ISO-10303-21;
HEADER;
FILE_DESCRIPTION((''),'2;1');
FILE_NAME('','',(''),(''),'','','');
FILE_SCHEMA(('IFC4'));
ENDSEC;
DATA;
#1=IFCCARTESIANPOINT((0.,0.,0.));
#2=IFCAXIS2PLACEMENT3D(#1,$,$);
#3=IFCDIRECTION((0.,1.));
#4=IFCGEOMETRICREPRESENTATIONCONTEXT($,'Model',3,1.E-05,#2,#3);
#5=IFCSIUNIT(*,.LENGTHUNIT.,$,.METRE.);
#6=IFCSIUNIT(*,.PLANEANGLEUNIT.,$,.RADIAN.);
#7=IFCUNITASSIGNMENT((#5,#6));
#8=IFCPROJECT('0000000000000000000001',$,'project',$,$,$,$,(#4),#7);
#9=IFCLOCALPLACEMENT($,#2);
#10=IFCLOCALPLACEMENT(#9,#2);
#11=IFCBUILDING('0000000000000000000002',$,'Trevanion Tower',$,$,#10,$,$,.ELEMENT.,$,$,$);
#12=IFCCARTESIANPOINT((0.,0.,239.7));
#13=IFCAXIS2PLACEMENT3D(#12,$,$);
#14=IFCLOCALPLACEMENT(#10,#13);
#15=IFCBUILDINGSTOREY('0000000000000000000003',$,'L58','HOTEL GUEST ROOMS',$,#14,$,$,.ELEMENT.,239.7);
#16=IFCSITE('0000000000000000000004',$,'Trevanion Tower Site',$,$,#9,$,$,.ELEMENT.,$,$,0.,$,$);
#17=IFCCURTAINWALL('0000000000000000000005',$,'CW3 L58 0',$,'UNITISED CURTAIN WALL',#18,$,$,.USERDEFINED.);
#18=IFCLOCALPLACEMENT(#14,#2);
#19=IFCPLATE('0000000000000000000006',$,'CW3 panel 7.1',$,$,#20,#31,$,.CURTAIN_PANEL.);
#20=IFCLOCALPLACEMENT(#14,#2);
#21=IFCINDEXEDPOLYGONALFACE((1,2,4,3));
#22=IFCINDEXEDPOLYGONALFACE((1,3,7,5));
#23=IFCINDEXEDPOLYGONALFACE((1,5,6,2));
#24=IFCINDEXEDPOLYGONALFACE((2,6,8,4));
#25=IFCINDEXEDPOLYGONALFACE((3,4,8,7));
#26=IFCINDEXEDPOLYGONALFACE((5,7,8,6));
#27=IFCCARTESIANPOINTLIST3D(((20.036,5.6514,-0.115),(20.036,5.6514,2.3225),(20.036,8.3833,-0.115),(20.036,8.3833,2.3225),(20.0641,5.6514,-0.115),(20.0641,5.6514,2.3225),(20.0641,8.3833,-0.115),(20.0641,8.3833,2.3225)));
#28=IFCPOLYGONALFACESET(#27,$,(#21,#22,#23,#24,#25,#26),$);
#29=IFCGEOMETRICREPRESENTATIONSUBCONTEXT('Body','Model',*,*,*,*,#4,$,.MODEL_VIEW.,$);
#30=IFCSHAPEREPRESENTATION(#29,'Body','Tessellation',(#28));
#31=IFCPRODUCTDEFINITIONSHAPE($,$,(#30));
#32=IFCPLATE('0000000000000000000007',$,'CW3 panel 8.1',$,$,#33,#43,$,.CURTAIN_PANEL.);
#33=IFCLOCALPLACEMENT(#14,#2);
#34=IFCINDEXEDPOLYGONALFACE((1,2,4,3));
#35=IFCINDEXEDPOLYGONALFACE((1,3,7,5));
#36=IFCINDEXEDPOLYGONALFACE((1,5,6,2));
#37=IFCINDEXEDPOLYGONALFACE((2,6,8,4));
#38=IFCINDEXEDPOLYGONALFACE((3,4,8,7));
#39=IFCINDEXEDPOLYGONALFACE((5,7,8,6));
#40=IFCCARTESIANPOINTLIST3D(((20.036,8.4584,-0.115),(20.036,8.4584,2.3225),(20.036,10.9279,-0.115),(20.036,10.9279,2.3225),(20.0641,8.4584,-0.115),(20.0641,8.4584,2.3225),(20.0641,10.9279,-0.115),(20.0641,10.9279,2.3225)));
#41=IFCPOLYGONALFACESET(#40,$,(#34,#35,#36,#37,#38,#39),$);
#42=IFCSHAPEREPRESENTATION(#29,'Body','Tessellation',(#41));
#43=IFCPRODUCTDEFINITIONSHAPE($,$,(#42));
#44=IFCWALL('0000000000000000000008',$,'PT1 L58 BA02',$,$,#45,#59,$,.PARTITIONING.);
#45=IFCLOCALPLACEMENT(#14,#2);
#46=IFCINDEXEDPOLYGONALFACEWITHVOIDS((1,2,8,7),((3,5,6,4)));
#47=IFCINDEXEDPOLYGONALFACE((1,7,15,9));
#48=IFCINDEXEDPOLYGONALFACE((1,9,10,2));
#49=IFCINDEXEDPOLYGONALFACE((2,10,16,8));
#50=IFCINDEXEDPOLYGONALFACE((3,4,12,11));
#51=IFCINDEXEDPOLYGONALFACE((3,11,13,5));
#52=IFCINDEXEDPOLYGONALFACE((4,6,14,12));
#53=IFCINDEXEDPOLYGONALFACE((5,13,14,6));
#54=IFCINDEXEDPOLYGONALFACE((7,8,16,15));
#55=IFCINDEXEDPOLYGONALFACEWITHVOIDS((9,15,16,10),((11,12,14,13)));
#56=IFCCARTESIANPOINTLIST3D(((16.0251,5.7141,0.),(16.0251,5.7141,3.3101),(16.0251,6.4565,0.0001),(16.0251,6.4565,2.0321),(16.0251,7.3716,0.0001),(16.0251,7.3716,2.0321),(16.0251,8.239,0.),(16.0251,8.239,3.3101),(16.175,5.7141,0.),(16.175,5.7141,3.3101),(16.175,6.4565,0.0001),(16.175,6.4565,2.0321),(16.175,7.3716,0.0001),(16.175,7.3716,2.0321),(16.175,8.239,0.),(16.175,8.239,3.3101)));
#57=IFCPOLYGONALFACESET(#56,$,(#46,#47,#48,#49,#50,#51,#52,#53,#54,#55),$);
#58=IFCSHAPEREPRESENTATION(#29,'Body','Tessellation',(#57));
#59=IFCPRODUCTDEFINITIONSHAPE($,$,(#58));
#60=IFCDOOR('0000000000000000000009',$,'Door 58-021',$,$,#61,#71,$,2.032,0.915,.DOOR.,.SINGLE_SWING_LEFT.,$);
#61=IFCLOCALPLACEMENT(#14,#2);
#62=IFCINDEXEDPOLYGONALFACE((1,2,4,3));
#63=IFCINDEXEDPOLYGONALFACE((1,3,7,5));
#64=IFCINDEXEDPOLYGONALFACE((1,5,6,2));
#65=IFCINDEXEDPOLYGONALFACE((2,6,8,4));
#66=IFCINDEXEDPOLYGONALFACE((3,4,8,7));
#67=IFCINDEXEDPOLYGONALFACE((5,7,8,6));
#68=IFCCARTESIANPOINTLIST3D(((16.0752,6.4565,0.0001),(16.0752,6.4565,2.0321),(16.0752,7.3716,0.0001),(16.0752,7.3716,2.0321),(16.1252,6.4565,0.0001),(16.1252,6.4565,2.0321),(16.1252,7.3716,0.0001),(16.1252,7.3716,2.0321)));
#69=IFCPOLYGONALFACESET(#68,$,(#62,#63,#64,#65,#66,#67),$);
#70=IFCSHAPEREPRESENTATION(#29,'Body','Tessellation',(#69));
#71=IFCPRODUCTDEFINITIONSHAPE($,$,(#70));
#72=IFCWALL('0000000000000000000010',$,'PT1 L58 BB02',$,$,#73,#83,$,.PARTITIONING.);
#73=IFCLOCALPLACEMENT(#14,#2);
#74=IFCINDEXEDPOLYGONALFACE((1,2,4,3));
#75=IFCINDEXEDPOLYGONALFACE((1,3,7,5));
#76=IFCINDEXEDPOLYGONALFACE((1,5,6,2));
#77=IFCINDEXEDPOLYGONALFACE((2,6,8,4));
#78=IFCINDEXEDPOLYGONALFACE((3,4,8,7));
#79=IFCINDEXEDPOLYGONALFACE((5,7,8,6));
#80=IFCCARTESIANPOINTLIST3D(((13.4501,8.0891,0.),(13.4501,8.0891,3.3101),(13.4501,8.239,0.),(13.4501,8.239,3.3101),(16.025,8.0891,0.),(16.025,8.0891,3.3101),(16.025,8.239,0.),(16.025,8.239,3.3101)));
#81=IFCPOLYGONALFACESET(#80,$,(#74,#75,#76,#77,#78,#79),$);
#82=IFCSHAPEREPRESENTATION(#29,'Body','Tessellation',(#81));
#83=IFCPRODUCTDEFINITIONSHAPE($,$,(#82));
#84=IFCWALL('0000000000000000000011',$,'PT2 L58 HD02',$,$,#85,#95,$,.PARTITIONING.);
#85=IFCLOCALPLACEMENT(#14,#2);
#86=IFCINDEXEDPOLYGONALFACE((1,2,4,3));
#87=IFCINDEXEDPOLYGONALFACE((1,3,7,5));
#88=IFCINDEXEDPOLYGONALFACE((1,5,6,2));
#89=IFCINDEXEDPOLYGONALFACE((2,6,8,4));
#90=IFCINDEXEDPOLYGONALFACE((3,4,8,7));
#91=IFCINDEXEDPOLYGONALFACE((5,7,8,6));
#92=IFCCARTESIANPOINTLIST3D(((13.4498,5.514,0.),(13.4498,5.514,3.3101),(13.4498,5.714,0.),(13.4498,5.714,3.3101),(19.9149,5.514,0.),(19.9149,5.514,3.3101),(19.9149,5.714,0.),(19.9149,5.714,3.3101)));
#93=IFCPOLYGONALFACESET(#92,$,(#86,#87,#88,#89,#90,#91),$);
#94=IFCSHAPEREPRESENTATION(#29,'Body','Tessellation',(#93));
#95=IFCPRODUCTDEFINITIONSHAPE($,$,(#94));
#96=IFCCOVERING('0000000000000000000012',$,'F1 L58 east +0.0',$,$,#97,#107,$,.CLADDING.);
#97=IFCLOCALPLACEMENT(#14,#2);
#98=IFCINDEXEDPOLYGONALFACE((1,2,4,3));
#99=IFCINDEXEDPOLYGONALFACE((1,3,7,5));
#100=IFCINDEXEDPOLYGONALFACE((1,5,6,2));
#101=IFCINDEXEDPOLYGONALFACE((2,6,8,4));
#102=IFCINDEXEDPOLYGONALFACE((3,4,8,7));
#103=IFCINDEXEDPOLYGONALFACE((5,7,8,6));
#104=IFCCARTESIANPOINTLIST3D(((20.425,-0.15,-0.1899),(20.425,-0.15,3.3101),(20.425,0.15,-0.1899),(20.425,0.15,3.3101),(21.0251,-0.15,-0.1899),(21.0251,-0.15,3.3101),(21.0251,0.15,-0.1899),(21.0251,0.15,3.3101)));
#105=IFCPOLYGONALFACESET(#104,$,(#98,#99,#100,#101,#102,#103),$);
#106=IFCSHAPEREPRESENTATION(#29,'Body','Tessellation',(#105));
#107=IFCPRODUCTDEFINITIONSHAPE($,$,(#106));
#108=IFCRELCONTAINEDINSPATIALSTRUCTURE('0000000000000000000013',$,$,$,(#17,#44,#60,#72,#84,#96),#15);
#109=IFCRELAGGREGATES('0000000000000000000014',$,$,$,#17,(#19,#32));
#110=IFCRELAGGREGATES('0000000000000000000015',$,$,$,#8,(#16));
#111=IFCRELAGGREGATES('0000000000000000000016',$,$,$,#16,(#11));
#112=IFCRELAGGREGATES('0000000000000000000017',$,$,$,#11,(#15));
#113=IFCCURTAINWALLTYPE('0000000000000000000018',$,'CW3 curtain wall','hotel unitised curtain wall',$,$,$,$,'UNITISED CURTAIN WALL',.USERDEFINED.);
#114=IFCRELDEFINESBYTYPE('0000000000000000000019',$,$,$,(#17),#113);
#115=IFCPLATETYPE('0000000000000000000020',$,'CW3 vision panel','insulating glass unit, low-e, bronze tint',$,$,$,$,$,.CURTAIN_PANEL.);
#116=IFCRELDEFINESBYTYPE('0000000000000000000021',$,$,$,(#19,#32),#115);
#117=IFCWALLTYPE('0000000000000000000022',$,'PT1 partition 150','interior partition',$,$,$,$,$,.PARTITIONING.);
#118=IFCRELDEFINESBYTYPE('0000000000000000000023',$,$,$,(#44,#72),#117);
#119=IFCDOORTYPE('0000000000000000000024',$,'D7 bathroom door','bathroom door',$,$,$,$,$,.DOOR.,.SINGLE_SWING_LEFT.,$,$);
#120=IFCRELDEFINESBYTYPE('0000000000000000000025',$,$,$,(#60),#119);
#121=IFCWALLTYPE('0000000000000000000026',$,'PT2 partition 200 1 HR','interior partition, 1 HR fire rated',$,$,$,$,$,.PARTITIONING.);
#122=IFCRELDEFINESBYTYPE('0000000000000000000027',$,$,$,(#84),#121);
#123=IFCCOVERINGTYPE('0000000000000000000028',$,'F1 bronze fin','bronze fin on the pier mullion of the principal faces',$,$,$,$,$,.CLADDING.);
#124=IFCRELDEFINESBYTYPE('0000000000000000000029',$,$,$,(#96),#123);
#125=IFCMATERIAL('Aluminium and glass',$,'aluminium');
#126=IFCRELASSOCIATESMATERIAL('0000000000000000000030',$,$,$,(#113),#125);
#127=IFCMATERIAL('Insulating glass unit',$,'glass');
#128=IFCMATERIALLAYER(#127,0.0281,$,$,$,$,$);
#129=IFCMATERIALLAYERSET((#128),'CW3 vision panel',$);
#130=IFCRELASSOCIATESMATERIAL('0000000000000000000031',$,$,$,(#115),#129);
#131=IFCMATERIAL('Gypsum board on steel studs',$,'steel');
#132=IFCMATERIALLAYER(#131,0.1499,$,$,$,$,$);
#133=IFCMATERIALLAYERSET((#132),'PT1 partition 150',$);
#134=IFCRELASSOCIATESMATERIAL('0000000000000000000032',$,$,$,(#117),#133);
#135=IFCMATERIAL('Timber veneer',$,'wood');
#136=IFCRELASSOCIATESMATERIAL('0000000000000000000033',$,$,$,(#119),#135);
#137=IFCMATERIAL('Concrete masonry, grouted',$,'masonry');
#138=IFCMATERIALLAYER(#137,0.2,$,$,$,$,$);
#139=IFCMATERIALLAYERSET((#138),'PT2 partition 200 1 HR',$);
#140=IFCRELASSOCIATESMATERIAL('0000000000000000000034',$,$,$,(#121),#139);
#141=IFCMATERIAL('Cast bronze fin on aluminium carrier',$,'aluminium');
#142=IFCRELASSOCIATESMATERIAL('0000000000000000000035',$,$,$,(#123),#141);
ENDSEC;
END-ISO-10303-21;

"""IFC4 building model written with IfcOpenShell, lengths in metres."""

from ifc_helpers import new_model, si_unit, direction, frame, frame_2d, origin, origin_2d, place, context, subcontext, project, spatial, rectangle, extrude, material, layer, layer_set, type_object, element, fill, aggregate, save


model = new_model("IFC4")

# Units and contexts
model_context = context("Model", 3, precision=1e-05, world=origin(), true_north=direction((0.0, 1.0)))
body_context = subcontext(model_context, "Body", "Model", "MODEL_VIEW")
ifc_project = project(units=[si_unit("LENGTHUNIT", "METRE"), si_unit("PLANEANGLEUNIT", "RADIAN")], contexts=[model_context])

# Site, building, storey
site_placement = place(None, origin())
site = spatial("IfcSite", under=ifc_project, at=site_placement, Name="Trevanion Tower Site", CompositionType="ELEMENT", RefElevation=0.0)
building_placement = place(site_placement, origin())
building = spatial("IfcBuilding", under=site, at=building_placement, Name="Trevanion Tower", CompositionType="ELEMENT")
storey_placement = place(building_placement, frame((0.0, 0.0, 239.7)))
storey = spatial("IfcBuildingStorey", under=building, at=storey_placement, Name="L58", Description="HOTEL GUEST ROOMS", CompositionType="ELEMENT", Elevation=239.7)

# Curtain wall
ifc_material_1 = material(Name="Aluminium and glass", Category="aluminium")
curtain_wall_type = type_object("IfcCurtainWallType", Name="CW3 curtain wall", Description="hotel unitised curtain wall", ElementType="UNITISED CURTAIN WALL", PredefinedType="USERDEFINED", material=ifc_material_1)
curtain_wall_placement = place(storey_placement, origin())
curtain_wall = element("IfcCurtainWall", 1, at=curtain_wall_placement, inside=storey, type_object=curtain_wall_type, Name="CW3 L58 0", ObjectType="UNITISED CURTAIN WALL", PredefinedType="USERDEFINED")

# Plates
ifc_material_2 = material(Name="Insulating glass unit", Category="glass")
ifc_layer_1 = layer(ifc_material_2, 0.0281)
ifc_layer_set_1 = layer_set([ifc_layer_1], Name="CW3 vision panel")
plate_type_1 = type_object("IfcPlateType", Name="CW3 vision panel", Description="insulating glass unit, low-e, bronze tint", PredefinedType="CURTAIN_PANEL", material=ifc_layer_set_1)
plate_1_placement = place(storey_placement, frame((20.05, 7.0173, -0.115), z_axis=(0.0, 0.0, 1.0), x_axis=(0.0, 1.0, 0.0)))
plate_1 = element("IfcPlate", 2, at=plate_1_placement, type_object=plate_type_1, Name="CW3 panel 7.1", PredefinedType="CURTAIN_PANEL", context=body_context, shape_type="SweptSolid", body=[
    extrude(rectangle(XDim=2.7319, YDim=0.0281, at=origin_2d()), origin(), (0.0, 0.0, 1.0), 2.4375),
])
plate_2_placement = place(storey_placement, frame((20.05, 9.6931, -0.115), z_axis=(0.0, 0.0, 1.0), x_axis=(0.0, 1.0, 0.0)))
plate_2 = element("IfcPlate", 3, at=plate_2_placement, type_object=plate_type_1, Name="CW3 panel 8.1", PredefinedType="CURTAIN_PANEL", context=body_context, shape_type="SweptSolid", body=[
    extrude(rectangle(XDim=2.4695, YDim=0.0281, at=origin_2d()), origin(), (0.0, 0.0, 1.0), 2.4375),
])
aggregate(curtain_wall, [plate_1, plate_2])

# Wall, opening, door
ifc_material_3 = material(Name="Gypsum board on steel studs", Category="steel")
ifc_layer_2 = layer(ifc_material_3, 0.1499)
ifc_layer_set_2 = layer_set([ifc_layer_2], Name="PT1 partition 150")
wall_type_1 = type_object("IfcWallType", Name="PT1 partition 150", Description="interior partition", PredefinedType="PARTITIONING", material=ifc_layer_set_2)
wall_1_placement = place(storey_placement, frame((16.1001, 5.7141, 0.0), z_axis=(0.0, 0.0, 1.0), x_axis=(0.0, 1.0, 0.0)))
wall_1 = element("IfcWall", 4, at=wall_1_placement, inside=storey, type_object=wall_type_1, Name="PT1 L58 BA02", PredefinedType="PARTITIONING", context=body_context, shape_type="SweptSolid", body=[
    extrude(rectangle(XDim=2.5249, YDim=0.1499, at=frame_2d((1.2625, 0.0))), origin(), (0.0, 0.0, 1.0), 3.3101),
])
opening_placement = place(wall_1_placement, frame((0.7424, 0.0, 0.0)))
opening = element("IfcOpeningElement", 5, at=opening_placement, cuts=wall_1, PredefinedType="OPENING", context=body_context, shape_type="SweptSolid", body=[
    extrude(rectangle(XDim=0.915, YDim=2.032, at=frame_2d((0.4575, 1.0161))), frame((0.0, 0.085, 0.0), z_axis=(0.0, -1.0, 0.0), x_axis=(1.0, 0.0, 0.0)), (0.0, 0.0, 1.0), 0.1699),
])
ifc_material_4 = material(Name="Timber veneer", Category="wood")
door_type = type_object("IfcDoorType", Name="D7 bathroom door", Description="bathroom door", OperationType="SINGLE_SWING_LEFT", PredefinedType="DOOR", material=ifc_material_4)
door_placement = place(opening_placement, origin())
door = element("IfcDoor", 6, at=door_placement, inside=storey, type_object=door_type, Name="Door 58-021", OperationType="SINGLE_SWING_LEFT", OverallHeight=2.032, OverallWidth=0.915, PredefinedType="DOOR", context=body_context, shape_type="SweptSolid", body=[
    extrude(rectangle(XDim=0.915, YDim=2.032, at=frame_2d((0.4575, 1.0161))), frame((0.0, 0.0249, 0.0), z_axis=(0.0, -1.0, 0.0), x_axis=(1.0, 0.0, 0.0)), (0.0, 0.0, 1.0), 0.05),
])
fill(opening, door)

# Walls
wall_2_placement = place(storey_placement, frame((13.45, 8.1641, 0.0), z_axis=(0.0, 0.0, 1.0), x_axis=(1.0, 0.0, 0.0)))
element("IfcWall", 7, at=wall_2_placement, inside=storey, type_object=wall_type_1, Name="PT1 L58 BB02", PredefinedType="PARTITIONING", context=body_context, shape_type="SweptSolid", body=[
    extrude(rectangle(XDim=2.575, YDim=0.1499, at=frame_2d((1.2876, 0.0))), origin(), (0.0, 0.0, 1.0), 3.3101),
])
ifc_material_5 = material(Name="Concrete masonry, grouted", Category="masonry")
ifc_layer_3 = layer(ifc_material_5, 0.2)
ifc_layer_set_3 = layer_set([ifc_layer_3], Name="PT2 partition 200 1 HR")
wall_type_2 = type_object("IfcWallType", Name="PT2 partition 200 1 HR", Description="interior partition, 1 HR fire rated", PredefinedType="PARTITIONING", material=ifc_layer_set_3)
wall_3_placement = place(storey_placement, frame((13.45, 5.614, 0.0), z_axis=(0.0, 0.0, 1.0), x_axis=(1.0, 0.0, 0.0)))
element("IfcWall", 8, at=wall_3_placement, inside=storey, type_object=wall_type_2, Name="PT2 L58 HD02", PredefinedType="PARTITIONING", context=body_context, shape_type="SweptSolid", body=[
    extrude(rectangle(XDim=6.4651, YDim=0.2, at=frame_2d((3.2324, 0.0))), origin(), (0.0, 0.0, 1.0), 3.3101),
])

# Covering
ifc_material_6 = material(Name="Cast bronze fin on aluminium carrier", Category="aluminium")
covering_type = type_object("IfcCoveringType", Name="F1 bronze fin", Description="bronze fin on the pier mullion of the principal faces", PredefinedType="CLADDING", material=ifc_material_6)
covering_placement = place(storey_placement, frame((20.7251, 0.0, -0.1899), z_axis=(0.0, 0.0, 1.0), x_axis=(0.0, 1.0, 0.0)))
element("IfcCovering", 9, at=covering_placement, inside=storey, type_object=covering_type, Name="F1 L58 east +0.0", PredefinedType="CLADDING", context=body_context, shape_type="SweptSolid", body=[
    extrude(rectangle(XDim=0.3, YDim=0.6001, at=origin_2d()), origin(), (0.0, 0.0, 1.0), 3.5),
])

save(model, "model.ifc")
